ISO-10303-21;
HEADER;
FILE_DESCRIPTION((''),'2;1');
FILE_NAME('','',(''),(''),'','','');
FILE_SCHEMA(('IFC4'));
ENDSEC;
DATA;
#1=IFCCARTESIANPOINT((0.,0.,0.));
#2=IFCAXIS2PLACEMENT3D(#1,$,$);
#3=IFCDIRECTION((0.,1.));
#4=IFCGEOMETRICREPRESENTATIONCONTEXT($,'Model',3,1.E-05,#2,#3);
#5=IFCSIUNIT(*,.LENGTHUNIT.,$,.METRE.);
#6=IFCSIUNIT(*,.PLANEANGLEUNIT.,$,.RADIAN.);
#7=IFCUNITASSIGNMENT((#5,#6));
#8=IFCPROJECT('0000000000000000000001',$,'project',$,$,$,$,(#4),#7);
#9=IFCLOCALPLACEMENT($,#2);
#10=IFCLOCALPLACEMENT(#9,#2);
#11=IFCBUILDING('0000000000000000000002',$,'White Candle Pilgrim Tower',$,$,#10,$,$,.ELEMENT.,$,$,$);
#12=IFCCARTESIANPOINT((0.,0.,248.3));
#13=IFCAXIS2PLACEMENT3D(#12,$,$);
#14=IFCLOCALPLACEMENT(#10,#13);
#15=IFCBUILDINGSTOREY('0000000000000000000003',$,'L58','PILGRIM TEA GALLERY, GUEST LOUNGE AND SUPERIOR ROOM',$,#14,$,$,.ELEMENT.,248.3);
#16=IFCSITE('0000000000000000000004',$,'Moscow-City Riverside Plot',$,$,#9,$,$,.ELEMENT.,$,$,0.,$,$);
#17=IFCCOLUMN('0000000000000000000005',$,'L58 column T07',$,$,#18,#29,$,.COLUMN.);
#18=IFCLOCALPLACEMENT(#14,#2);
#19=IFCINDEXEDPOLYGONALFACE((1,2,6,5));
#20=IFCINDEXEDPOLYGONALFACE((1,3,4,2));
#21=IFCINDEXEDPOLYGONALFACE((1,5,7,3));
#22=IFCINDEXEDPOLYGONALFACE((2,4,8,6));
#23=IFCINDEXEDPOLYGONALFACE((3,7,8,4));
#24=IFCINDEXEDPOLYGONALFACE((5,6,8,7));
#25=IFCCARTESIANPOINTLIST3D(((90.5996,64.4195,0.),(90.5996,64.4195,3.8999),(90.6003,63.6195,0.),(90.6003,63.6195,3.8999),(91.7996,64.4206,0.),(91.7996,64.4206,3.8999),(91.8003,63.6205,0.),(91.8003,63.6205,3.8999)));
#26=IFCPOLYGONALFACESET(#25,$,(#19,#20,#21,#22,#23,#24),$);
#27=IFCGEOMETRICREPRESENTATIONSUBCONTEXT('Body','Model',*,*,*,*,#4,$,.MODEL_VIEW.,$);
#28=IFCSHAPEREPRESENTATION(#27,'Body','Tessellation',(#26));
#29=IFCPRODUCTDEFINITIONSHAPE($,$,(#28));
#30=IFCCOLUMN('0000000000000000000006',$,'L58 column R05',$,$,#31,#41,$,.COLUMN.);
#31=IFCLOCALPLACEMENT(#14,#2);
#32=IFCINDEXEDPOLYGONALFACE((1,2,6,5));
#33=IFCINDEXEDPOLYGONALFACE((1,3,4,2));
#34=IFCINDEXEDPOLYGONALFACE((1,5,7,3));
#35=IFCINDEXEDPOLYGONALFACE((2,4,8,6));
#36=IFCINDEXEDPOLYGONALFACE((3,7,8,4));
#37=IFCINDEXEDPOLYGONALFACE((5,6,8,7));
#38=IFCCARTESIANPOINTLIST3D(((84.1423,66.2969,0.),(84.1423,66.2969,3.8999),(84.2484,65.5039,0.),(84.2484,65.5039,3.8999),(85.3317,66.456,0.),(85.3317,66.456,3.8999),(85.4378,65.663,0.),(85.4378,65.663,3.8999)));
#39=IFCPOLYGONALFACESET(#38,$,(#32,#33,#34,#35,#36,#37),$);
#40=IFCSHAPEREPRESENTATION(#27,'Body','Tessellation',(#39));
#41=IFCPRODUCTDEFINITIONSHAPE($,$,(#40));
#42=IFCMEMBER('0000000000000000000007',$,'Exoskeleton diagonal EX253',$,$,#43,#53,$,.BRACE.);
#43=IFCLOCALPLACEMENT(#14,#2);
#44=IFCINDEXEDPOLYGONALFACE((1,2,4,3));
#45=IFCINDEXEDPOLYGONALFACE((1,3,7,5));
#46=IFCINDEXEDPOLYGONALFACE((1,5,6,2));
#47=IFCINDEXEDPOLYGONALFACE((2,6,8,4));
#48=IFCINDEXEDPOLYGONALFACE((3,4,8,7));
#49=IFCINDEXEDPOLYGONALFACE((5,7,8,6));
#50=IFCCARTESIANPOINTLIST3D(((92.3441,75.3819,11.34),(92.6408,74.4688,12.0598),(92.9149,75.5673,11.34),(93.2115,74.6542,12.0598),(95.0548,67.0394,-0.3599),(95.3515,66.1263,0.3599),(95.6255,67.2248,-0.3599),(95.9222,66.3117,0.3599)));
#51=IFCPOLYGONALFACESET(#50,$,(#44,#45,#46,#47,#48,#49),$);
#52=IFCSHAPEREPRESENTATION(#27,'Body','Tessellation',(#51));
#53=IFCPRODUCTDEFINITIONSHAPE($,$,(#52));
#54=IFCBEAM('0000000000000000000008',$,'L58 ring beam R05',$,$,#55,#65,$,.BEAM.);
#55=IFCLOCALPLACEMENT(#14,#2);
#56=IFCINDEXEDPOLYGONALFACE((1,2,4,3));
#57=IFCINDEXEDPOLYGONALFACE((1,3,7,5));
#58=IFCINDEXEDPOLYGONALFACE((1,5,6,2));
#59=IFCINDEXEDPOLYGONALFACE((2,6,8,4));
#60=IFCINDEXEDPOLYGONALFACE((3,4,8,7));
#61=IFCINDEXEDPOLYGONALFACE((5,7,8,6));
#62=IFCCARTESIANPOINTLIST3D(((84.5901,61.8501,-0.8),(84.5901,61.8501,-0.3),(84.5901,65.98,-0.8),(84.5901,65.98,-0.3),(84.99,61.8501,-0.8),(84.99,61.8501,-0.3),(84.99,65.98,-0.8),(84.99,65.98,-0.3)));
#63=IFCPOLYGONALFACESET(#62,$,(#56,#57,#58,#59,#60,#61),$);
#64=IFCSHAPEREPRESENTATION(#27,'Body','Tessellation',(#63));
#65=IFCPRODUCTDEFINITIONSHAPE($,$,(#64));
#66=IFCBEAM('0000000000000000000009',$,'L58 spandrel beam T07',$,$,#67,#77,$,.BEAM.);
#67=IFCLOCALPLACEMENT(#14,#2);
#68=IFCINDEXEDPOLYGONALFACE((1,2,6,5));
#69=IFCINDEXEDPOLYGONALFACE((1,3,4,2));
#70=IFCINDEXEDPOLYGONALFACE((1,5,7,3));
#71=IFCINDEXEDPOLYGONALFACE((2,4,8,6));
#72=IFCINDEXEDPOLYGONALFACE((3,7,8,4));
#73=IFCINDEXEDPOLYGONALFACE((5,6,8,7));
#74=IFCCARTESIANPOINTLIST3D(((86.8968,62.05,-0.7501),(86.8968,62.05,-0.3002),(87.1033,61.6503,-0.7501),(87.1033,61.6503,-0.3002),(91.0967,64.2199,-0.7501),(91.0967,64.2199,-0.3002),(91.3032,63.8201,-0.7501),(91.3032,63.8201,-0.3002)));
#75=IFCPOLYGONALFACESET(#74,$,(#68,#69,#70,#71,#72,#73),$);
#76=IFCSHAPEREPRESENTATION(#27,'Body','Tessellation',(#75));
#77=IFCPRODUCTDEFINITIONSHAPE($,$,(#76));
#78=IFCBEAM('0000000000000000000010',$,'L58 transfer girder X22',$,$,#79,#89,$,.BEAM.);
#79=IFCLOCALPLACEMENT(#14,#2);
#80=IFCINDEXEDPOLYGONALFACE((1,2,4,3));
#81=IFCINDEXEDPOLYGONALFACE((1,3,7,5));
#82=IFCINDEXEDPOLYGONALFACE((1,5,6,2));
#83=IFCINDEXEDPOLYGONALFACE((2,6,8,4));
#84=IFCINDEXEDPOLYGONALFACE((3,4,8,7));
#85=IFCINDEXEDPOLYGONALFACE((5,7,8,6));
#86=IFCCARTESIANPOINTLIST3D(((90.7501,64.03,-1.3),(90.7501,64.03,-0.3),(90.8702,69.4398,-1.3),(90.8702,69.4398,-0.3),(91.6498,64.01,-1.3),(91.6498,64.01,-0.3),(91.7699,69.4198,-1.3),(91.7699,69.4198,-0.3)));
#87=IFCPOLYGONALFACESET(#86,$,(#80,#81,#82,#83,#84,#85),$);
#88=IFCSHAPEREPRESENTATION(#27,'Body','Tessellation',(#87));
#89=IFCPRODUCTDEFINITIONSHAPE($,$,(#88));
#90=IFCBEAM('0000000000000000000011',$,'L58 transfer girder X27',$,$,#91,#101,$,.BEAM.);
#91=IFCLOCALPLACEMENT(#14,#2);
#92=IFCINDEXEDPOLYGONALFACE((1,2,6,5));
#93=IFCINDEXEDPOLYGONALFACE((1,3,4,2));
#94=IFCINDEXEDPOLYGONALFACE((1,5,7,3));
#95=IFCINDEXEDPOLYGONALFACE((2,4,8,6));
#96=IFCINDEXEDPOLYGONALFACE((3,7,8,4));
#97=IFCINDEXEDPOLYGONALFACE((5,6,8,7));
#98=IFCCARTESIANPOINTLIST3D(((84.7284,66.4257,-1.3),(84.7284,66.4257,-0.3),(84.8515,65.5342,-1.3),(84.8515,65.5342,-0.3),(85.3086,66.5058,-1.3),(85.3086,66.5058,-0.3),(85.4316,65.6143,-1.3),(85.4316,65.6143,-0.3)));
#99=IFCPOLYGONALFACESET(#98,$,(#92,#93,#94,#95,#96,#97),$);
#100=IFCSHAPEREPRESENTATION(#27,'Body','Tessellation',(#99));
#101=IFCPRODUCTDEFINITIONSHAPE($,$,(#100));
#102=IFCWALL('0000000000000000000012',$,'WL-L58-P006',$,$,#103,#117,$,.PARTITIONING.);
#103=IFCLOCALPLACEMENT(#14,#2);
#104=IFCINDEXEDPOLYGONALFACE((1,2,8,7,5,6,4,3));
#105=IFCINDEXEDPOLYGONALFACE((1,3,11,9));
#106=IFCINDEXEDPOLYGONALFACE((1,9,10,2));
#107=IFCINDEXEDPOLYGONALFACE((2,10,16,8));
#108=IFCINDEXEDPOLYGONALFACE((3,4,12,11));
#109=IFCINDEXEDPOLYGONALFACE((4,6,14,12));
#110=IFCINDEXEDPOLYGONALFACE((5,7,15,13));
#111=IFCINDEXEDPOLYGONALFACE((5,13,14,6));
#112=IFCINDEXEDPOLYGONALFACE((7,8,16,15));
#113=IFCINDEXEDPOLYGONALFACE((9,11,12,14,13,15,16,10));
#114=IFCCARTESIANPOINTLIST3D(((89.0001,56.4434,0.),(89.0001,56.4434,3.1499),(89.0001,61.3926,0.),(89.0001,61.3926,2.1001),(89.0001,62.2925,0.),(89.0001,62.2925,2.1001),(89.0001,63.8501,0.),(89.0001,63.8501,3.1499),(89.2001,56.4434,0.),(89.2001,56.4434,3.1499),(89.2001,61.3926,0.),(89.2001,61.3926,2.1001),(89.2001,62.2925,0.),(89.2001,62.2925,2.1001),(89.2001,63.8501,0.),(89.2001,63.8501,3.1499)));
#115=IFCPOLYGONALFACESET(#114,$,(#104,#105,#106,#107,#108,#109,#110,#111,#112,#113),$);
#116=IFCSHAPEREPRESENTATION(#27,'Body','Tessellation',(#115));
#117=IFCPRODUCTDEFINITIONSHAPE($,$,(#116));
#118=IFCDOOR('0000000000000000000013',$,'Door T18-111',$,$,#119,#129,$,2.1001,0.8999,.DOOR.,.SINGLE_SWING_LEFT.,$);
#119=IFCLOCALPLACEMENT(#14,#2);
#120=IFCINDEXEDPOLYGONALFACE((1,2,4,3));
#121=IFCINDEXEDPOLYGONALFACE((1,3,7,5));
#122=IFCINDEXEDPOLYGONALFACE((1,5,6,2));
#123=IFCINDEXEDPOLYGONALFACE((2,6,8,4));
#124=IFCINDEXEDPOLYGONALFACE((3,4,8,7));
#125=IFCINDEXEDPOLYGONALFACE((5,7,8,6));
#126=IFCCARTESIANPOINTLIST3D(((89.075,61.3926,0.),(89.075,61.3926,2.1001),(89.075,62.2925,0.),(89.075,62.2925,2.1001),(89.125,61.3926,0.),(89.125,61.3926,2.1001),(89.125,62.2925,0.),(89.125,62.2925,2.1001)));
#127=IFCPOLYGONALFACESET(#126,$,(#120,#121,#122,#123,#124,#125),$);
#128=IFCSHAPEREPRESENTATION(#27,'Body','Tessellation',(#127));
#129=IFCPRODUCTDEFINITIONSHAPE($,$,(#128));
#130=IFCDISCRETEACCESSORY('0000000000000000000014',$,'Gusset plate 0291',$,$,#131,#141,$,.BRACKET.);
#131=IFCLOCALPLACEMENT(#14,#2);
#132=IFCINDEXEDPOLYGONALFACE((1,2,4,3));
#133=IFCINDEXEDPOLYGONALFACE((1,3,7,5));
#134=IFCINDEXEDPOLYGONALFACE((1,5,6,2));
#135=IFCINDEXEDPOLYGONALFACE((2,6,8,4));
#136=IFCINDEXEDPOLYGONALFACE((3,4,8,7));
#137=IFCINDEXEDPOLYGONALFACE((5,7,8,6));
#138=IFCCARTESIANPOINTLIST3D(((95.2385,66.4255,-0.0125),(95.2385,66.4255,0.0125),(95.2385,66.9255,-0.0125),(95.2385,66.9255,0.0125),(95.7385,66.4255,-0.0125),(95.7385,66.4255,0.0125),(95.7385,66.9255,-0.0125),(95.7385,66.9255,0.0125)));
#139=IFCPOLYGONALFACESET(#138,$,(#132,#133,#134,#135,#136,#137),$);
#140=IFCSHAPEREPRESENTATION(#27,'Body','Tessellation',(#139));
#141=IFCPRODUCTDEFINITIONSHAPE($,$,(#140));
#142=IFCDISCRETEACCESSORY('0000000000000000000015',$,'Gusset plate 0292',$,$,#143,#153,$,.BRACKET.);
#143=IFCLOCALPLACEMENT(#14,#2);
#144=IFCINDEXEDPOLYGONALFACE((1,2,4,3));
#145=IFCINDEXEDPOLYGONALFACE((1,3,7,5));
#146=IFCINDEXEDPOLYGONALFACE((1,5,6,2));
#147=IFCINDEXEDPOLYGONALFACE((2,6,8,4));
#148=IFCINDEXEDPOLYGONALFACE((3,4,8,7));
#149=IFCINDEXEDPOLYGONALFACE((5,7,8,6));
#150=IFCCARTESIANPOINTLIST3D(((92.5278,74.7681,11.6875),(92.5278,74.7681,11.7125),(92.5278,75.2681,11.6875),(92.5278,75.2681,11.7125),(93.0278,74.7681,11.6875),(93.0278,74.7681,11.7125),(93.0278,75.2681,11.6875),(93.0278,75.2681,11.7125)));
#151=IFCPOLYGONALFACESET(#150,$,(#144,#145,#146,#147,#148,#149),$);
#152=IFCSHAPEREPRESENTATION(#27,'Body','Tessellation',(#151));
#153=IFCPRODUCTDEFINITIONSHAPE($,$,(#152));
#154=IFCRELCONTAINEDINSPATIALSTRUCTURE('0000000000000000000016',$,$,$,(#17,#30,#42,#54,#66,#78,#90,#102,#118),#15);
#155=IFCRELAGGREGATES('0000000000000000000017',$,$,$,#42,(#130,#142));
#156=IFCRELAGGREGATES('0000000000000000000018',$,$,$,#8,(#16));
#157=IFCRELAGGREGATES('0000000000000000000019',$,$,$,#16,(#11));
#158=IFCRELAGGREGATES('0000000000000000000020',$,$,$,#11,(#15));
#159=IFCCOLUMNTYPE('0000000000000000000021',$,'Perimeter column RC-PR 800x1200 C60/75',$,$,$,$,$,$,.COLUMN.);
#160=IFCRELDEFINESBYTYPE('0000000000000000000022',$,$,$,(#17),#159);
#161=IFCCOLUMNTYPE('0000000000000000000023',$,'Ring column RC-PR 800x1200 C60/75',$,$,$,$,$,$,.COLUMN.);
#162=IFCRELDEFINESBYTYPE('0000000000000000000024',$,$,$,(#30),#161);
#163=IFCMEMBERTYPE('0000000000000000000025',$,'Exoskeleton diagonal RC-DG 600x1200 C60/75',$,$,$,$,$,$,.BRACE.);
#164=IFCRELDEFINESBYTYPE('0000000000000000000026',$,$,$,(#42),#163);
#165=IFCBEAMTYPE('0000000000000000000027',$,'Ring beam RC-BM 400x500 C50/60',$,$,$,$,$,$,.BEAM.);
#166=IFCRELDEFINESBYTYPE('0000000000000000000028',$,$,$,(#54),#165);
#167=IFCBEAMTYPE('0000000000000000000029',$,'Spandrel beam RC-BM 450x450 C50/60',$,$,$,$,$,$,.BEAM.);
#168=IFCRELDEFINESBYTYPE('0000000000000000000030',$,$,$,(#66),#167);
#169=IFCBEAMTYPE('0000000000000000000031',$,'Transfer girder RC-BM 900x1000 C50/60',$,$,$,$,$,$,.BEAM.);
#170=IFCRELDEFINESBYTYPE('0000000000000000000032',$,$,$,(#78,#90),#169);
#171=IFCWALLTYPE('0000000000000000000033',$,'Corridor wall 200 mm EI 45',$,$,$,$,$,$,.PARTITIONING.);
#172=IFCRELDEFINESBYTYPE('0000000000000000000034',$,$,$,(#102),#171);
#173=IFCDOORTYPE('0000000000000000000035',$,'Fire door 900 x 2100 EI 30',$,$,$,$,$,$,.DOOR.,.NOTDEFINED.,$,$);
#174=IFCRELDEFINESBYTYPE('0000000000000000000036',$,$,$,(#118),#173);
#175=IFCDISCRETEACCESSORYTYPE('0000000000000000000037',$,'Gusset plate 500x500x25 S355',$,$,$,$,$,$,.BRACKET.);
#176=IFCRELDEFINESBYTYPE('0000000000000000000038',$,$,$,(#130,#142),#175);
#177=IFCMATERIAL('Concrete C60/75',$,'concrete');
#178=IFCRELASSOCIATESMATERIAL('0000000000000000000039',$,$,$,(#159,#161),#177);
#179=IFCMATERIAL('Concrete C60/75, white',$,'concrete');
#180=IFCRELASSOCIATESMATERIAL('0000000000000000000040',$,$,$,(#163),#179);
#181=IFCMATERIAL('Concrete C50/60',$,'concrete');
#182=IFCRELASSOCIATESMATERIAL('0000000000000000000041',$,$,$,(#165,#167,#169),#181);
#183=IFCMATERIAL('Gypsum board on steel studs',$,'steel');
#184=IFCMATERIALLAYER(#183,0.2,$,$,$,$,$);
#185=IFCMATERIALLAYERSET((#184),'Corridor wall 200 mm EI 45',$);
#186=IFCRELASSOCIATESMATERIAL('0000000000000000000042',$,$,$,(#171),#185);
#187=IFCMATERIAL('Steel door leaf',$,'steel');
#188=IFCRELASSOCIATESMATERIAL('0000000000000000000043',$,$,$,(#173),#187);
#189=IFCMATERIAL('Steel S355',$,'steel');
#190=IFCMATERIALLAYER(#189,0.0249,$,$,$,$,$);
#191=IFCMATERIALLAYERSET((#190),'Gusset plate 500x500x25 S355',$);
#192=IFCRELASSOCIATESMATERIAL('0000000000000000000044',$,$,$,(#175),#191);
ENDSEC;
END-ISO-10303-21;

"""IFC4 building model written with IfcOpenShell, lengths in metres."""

from ifc_helpers import new_model, si_unit, direction, frame, frame_2d, origin, origin_2d, place, context, subcontext, project, spatial, rectangle, extrude, material, layer, layer_set, material_profile, profile_set, type_object, element, fill, aggregate, save


model = new_model("IFC4")

# Units and contexts
model_context = context("Model", 3, precision=1e-05, world=origin(), true_north=direction((0.0, 1.0)))
body_context = subcontext(model_context, "Body", "Model", "MODEL_VIEW")
ifc_project = project(units=[si_unit("LENGTHUNIT", "METRE"), si_unit("PLANEANGLEUNIT", "RADIAN")], contexts=[model_context])

# Site, building, storey
site_placement = place(None, origin())
site = spatial("IfcSite", under=ifc_project, at=site_placement, Name="Moscow-City Riverside Plot", CompositionType="ELEMENT", RefElevation=0.0)
building_placement = place(site_placement, origin())
building = spatial("IfcBuilding", under=site, at=building_placement, Name="White Candle Pilgrim Tower", CompositionType="ELEMENT")
storey_placement = place(building_placement, frame((0.0, 0.0, 248.3)))
storey = spatial("IfcBuildingStorey", under=building, at=storey_placement, Name="L58", Description="PILGRIM TEA GALLERY, GUEST LOUNGE AND SUPERIOR ROOM", CompositionType="ELEMENT", Elevation=248.3)

# Columns
ifc_material_1 = material(Name="Concrete C60/75", Category="concrete")
ifc_material_profile_1 = material_profile(ifc_material_1, rectangle(XDim=0.8, YDim=1.2, at=origin_2d()), Name="RC-PR 800x1200")
ifc_profile_set_1 = profile_set([ifc_material_profile_1], Name="Concrete C60/75")
column_type_1 = type_object("IfcColumnType", Name="Perimeter column RC-PR 800x1200 C60/75", PredefinedType="COLUMN", material=ifc_profile_set_1)
column_1_placement = place(storey_placement, frame((91.2, 64.02, 0.0), z_axis=(0.0, 0.0, 1.0), x_axis=(0.000855, -1.0, 0.0)))
element("IfcColumn", 1, at=column_1_placement, inside=storey, type_object=column_type_1, Name="L58 column T07", PredefinedType="COLUMN", context=body_context, shape_type="SweptSolid", body=[
    extrude(rectangle(XDim=0.8, YDim=1.2, at=origin_2d()), origin(), (0.0, 0.0, 1.0), 3.8999),
])
ifc_material_profile_2 = material_profile(ifc_material_1, rectangle(XDim=0.8, YDim=1.2, at=origin_2d()), Name="RC-PR 800x1200")
ifc_profile_set_2 = profile_set([ifc_material_profile_2], Name="Concrete C60/75")
column_type_2 = type_object("IfcColumnType", Name="Ring column RC-PR 800x1200 C60/75", PredefinedType="COLUMN", material=ifc_profile_set_2)
column_2_placement = place(storey_placement, frame((84.79, 65.98, 0.0), z_axis=(0.0, 0.0, 1.0), x_axis=(0.132602, -0.991169, 0.0)))
element("IfcColumn", 2, at=column_2_placement, inside=storey, type_object=column_type_2, Name="L58 column R05", PredefinedType="COLUMN", context=body_context, shape_type="SweptSolid", body=[
    extrude(rectangle(XDim=0.8, YDim=1.2, at=origin_2d()), origin(), (0.0, 0.0, 1.0), 3.8999),
])

# Member
ifc_material_2 = material(Name="Concrete C60/75, white", Category="concrete")
ifc_material_profile_3 = material_profile(ifc_material_2, rectangle(XDim=0.6001, YDim=1.2, at=origin_2d()), Name="RC-DG 600x1200")
ifc_profile_set_3 = profile_set([ifc_material_profile_3], Name="Concrete C60/75, white")
member_type = type_object("IfcMemberType", Name="Exoskeleton diagonal RC-DG 600x1200 C60/75", PredefinedType="BRACE", material=ifc_profile_set_3)
member_placement = place(storey_placement, frame((95.4885, 66.6755, 0.0), z_axis=(-0.185371, 0.570504, 0.800102), x_axis=(-0.951055, -0.309021, 0.0)))
member = element("IfcMember", 3, at=member_placement, inside=storey, type_object=member_type, Name="Exoskeleton diagonal EX253", PredefinedType="BRACE", context=body_context, shape_type="SweptSolid", body=[
    extrude(rectangle(XDim=0.6001, YDim=1.2, at=origin_2d()), origin(), (0.0, 0.0, 1.0), 14.623),
])

# Beams
ifc_material_3 = material(Name="Concrete C50/60", Category="concrete")
ifc_material_profile_4 = material_profile(ifc_material_3, rectangle(XDim=0.3999, YDim=0.5, at=origin_2d()), Name="RC-BM 400x500")
ifc_profile_set_4 = profile_set([ifc_material_profile_4], Name="Concrete C50/60")
beam_type_1 = type_object("IfcBeamType", Name="Ring beam RC-BM 400x500 C50/60", PredefinedType="BEAM", material=ifc_profile_set_4)
beam_1_placement = place(storey_placement, frame((84.79, 65.98, -0.55), z_axis=(0.0, -1.0, 0.0), x_axis=(1.0, 0.0, 0.0)))
element("IfcBeam", 4, at=beam_1_placement, inside=storey, type_object=beam_type_1, Name="L58 ring beam R05", PredefinedType="BEAM", context=body_context, shape_type="SweptSolid", body=[
    extrude(rectangle(XDim=0.3999, YDim=0.5, at=origin_2d()), origin(), (0.0, 0.0, 1.0), 4.1299),
])
ifc_material_profile_5 = material_profile(ifc_material_3, rectangle(XDim=0.45, YDim=0.45, at=origin_2d()), Name="RC-BM 450x450")
ifc_profile_set_5 = profile_set([ifc_material_profile_5], Name="Concrete C50/60")
beam_type_2 = type_object("IfcBeamType", Name="Spandrel beam RC-BM 450x450 C50/60", PredefinedType="BEAM", material=ifc_profile_set_5)
beam_2_placement = place(storey_placement, frame((91.2, 64.02, -0.5251), z_axis=(-0.88843, -0.459011, 0.0), x_axis=(0.459011, -0.88843, 0.0)))
element("IfcBeam", 5, at=beam_2_placement, inside=storey, type_object=beam_type_2, Name="L58 spandrel beam T07", PredefinedType="BEAM", context=body_context, shape_type="SweptSolid", body=[
    extrude(rectangle(XDim=0.45, YDim=0.45, at=origin_2d()), origin(), (0.0, 0.0, 1.0), 4.7273),
])
ifc_material_profile_6 = material_profile(ifc_material_3, rectangle(XDim=0.8999, YDim=1.0, at=origin_2d()), Name="RC-BM 900x1000")
ifc_profile_set_6 = profile_set([ifc_material_profile_6], Name="Concrete C50/60")
beam_type_3 = type_object("IfcBeamType", Name="Transfer girder RC-BM 900x1000 C50/60", PredefinedType="BEAM", material=ifc_profile_set_6)
beam_3_placement = place(storey_placement, frame((91.2, 64.02, -0.8), z_axis=(0.022198, 0.999754, 0.0), x_axis=(-0.999754, 0.022198, 0.0)))
element("IfcBeam", 6, at=beam_3_placement, inside=storey, type_object=beam_type_3, Name="L58 transfer girder X22", PredefinedType="BEAM", context=body_context, shape_type="SweptSolid", body=[
    extrude(rectangle(XDim=0.8999, YDim=1.0, at=origin_2d()), origin(), (0.0, 0.0, 1.0), 5.4111),
])
beam_4_placement = place(storey_placement, frame((85.3701, 66.0601, -0.8), z_axis=(-0.990606, -0.13675, 0.0), x_axis=(0.13675, -0.990606, 0.0)))
element("IfcBeam", 7, at=beam_4_placement, inside=storey, type_object=beam_type_3, Name="L58 transfer girder X27", PredefinedType="BEAM", context=body_context, shape_type="SweptSolid", body=[
    extrude(rectangle(XDim=0.8999, YDim=1.0, at=origin_2d()), origin(), (0.0, 0.0, 1.0), 0.5857),
])

# Wall, opening, door
ifc_material_4 = material(Name="Gypsum board on steel studs", Category="steel")
ifc_layer_1 = layer(ifc_material_4, 0.2)
ifc_layer_set_1 = layer_set([ifc_layer_1], Name="Corridor wall 200 mm EI 45")
wall_type_1 = type_object("IfcWallType", Name="Corridor wall 200 mm EI 45", PredefinedType="PARTITIONING", material=ifc_layer_set_1)
wall_1_placement = place(storey_placement, frame((89.1001, 63.8501, 0.0), z_axis=(0.0, 0.0, 1.0), x_axis=(0.0, -1.0, 0.0)))
wall_1 = element("IfcWall", 8, at=wall_1_placement, inside=storey, type_object=wall_type_1, Name="WL-L58-P006", PredefinedType="PARTITIONING", context=body_context, shape_type="SweptSolid", body=[
    extrude(rectangle(XDim=7.4067, YDim=0.2, at=frame_2d((3.7034, 0.0))), origin(), (0.0, 0.0, 1.0), 3.1499),
])
opening_1_placement = place(wall_1_placement, frame((1.5576, 0.0, 0.0)))
opening_1 = element("IfcOpeningElement", 9, at=opening_1_placement, cuts=wall_1, PredefinedType="OPENING", context=body_context, shape_type="SweptSolid", body=[
    extrude(rectangle(XDim=0.8999, YDim=2.1001, at=frame_2d((0.45, 1.05))), frame((0.0, 0.1099, 0.0), z_axis=(0.0, -1.0, 0.0), x_axis=(1.0, 0.0, 0.0)), (0.0, 0.0, 1.0), 0.22),
])
ifc_material_5 = material(Name="Steel door leaf", Category="steel")
door_type = type_object("IfcDoorType", Name="Fire door 900 x 2100 EI 30", OperationType="NOTDEFINED", PredefinedType="DOOR", material=ifc_material_5)
door_placement = place(opening_1_placement, origin())
door = element("IfcDoor", 10, at=door_placement, inside=storey, type_object=door_type, Name="Door T18-111", OperationType="SINGLE_SWING_LEFT", OverallHeight=2.1001, OverallWidth=0.8999, PredefinedType="DOOR", context=body_context, shape_type="SweptSolid", body=[
    extrude(rectangle(XDim=0.8999, YDim=2.1001, at=frame_2d((0.45, 1.05))), frame((0.0, 0.0249, 0.0), z_axis=(0.0, -1.0, 0.0), x_axis=(1.0, 0.0, 0.0)), (0.0, 0.0, 1.0), 0.05),
])
fill(opening_1, door)

# Discrete accessories
ifc_material_6 = material(Name="Steel S355", Category="steel")
ifc_layer_2 = layer(ifc_material_6, 0.0249)
ifc_layer_set_2 = layer_set([ifc_layer_2], Name="Gusset plate 500x500x25 S355")
discrete_accessory_type = type_object("IfcDiscreteAccessoryType", Name="Gusset plate 500x500x25 S355", PredefinedType="BRACKET", material=ifc_layer_set_2)
discrete_accessory_1_placement = place(storey_placement, frame((95.4885, 66.6755, -0.0125), z_axis=(0.0, 0.0, 1.0), x_axis=(1.0, 0.0, 0.0)))
discrete_accessory_1 = element("IfcDiscreteAccessory", 11, at=discrete_accessory_1_placement, type_object=discrete_accessory_type, Name="Gusset plate 0291", PredefinedType="BRACKET", context=body_context, shape_type="SweptSolid", body=[
    extrude(rectangle(XDim=0.5, YDim=0.5, at=origin_2d()), origin(), (0.0, 0.0, 1.0), 0.0249),
])
placement = place(building_placement, frame((0.0, 0.0, 260.0)))
discrete_accessory_2_placement = place(placement, frame((92.7778, 75.0181, -0.0125), z_axis=(0.0, 0.0, 1.0), x_axis=(1.0, 0.0, 0.0)))
discrete_accessory_2 = element("IfcDiscreteAccessory", 12, at=discrete_accessory_2_placement, type_object=discrete_accessory_type, Name="Gusset plate 0292", PredefinedType="BRACKET", context=body_context, shape_type="SweptSolid", body=[
    extrude(rectangle(XDim=0.5, YDim=0.5, at=origin_2d()), origin(), (0.0, 0.0, 1.0), 0.0249),
])
aggregate(member, [discrete_accessory_1, discrete_accessory_2])

save(model, "model.ifc")
